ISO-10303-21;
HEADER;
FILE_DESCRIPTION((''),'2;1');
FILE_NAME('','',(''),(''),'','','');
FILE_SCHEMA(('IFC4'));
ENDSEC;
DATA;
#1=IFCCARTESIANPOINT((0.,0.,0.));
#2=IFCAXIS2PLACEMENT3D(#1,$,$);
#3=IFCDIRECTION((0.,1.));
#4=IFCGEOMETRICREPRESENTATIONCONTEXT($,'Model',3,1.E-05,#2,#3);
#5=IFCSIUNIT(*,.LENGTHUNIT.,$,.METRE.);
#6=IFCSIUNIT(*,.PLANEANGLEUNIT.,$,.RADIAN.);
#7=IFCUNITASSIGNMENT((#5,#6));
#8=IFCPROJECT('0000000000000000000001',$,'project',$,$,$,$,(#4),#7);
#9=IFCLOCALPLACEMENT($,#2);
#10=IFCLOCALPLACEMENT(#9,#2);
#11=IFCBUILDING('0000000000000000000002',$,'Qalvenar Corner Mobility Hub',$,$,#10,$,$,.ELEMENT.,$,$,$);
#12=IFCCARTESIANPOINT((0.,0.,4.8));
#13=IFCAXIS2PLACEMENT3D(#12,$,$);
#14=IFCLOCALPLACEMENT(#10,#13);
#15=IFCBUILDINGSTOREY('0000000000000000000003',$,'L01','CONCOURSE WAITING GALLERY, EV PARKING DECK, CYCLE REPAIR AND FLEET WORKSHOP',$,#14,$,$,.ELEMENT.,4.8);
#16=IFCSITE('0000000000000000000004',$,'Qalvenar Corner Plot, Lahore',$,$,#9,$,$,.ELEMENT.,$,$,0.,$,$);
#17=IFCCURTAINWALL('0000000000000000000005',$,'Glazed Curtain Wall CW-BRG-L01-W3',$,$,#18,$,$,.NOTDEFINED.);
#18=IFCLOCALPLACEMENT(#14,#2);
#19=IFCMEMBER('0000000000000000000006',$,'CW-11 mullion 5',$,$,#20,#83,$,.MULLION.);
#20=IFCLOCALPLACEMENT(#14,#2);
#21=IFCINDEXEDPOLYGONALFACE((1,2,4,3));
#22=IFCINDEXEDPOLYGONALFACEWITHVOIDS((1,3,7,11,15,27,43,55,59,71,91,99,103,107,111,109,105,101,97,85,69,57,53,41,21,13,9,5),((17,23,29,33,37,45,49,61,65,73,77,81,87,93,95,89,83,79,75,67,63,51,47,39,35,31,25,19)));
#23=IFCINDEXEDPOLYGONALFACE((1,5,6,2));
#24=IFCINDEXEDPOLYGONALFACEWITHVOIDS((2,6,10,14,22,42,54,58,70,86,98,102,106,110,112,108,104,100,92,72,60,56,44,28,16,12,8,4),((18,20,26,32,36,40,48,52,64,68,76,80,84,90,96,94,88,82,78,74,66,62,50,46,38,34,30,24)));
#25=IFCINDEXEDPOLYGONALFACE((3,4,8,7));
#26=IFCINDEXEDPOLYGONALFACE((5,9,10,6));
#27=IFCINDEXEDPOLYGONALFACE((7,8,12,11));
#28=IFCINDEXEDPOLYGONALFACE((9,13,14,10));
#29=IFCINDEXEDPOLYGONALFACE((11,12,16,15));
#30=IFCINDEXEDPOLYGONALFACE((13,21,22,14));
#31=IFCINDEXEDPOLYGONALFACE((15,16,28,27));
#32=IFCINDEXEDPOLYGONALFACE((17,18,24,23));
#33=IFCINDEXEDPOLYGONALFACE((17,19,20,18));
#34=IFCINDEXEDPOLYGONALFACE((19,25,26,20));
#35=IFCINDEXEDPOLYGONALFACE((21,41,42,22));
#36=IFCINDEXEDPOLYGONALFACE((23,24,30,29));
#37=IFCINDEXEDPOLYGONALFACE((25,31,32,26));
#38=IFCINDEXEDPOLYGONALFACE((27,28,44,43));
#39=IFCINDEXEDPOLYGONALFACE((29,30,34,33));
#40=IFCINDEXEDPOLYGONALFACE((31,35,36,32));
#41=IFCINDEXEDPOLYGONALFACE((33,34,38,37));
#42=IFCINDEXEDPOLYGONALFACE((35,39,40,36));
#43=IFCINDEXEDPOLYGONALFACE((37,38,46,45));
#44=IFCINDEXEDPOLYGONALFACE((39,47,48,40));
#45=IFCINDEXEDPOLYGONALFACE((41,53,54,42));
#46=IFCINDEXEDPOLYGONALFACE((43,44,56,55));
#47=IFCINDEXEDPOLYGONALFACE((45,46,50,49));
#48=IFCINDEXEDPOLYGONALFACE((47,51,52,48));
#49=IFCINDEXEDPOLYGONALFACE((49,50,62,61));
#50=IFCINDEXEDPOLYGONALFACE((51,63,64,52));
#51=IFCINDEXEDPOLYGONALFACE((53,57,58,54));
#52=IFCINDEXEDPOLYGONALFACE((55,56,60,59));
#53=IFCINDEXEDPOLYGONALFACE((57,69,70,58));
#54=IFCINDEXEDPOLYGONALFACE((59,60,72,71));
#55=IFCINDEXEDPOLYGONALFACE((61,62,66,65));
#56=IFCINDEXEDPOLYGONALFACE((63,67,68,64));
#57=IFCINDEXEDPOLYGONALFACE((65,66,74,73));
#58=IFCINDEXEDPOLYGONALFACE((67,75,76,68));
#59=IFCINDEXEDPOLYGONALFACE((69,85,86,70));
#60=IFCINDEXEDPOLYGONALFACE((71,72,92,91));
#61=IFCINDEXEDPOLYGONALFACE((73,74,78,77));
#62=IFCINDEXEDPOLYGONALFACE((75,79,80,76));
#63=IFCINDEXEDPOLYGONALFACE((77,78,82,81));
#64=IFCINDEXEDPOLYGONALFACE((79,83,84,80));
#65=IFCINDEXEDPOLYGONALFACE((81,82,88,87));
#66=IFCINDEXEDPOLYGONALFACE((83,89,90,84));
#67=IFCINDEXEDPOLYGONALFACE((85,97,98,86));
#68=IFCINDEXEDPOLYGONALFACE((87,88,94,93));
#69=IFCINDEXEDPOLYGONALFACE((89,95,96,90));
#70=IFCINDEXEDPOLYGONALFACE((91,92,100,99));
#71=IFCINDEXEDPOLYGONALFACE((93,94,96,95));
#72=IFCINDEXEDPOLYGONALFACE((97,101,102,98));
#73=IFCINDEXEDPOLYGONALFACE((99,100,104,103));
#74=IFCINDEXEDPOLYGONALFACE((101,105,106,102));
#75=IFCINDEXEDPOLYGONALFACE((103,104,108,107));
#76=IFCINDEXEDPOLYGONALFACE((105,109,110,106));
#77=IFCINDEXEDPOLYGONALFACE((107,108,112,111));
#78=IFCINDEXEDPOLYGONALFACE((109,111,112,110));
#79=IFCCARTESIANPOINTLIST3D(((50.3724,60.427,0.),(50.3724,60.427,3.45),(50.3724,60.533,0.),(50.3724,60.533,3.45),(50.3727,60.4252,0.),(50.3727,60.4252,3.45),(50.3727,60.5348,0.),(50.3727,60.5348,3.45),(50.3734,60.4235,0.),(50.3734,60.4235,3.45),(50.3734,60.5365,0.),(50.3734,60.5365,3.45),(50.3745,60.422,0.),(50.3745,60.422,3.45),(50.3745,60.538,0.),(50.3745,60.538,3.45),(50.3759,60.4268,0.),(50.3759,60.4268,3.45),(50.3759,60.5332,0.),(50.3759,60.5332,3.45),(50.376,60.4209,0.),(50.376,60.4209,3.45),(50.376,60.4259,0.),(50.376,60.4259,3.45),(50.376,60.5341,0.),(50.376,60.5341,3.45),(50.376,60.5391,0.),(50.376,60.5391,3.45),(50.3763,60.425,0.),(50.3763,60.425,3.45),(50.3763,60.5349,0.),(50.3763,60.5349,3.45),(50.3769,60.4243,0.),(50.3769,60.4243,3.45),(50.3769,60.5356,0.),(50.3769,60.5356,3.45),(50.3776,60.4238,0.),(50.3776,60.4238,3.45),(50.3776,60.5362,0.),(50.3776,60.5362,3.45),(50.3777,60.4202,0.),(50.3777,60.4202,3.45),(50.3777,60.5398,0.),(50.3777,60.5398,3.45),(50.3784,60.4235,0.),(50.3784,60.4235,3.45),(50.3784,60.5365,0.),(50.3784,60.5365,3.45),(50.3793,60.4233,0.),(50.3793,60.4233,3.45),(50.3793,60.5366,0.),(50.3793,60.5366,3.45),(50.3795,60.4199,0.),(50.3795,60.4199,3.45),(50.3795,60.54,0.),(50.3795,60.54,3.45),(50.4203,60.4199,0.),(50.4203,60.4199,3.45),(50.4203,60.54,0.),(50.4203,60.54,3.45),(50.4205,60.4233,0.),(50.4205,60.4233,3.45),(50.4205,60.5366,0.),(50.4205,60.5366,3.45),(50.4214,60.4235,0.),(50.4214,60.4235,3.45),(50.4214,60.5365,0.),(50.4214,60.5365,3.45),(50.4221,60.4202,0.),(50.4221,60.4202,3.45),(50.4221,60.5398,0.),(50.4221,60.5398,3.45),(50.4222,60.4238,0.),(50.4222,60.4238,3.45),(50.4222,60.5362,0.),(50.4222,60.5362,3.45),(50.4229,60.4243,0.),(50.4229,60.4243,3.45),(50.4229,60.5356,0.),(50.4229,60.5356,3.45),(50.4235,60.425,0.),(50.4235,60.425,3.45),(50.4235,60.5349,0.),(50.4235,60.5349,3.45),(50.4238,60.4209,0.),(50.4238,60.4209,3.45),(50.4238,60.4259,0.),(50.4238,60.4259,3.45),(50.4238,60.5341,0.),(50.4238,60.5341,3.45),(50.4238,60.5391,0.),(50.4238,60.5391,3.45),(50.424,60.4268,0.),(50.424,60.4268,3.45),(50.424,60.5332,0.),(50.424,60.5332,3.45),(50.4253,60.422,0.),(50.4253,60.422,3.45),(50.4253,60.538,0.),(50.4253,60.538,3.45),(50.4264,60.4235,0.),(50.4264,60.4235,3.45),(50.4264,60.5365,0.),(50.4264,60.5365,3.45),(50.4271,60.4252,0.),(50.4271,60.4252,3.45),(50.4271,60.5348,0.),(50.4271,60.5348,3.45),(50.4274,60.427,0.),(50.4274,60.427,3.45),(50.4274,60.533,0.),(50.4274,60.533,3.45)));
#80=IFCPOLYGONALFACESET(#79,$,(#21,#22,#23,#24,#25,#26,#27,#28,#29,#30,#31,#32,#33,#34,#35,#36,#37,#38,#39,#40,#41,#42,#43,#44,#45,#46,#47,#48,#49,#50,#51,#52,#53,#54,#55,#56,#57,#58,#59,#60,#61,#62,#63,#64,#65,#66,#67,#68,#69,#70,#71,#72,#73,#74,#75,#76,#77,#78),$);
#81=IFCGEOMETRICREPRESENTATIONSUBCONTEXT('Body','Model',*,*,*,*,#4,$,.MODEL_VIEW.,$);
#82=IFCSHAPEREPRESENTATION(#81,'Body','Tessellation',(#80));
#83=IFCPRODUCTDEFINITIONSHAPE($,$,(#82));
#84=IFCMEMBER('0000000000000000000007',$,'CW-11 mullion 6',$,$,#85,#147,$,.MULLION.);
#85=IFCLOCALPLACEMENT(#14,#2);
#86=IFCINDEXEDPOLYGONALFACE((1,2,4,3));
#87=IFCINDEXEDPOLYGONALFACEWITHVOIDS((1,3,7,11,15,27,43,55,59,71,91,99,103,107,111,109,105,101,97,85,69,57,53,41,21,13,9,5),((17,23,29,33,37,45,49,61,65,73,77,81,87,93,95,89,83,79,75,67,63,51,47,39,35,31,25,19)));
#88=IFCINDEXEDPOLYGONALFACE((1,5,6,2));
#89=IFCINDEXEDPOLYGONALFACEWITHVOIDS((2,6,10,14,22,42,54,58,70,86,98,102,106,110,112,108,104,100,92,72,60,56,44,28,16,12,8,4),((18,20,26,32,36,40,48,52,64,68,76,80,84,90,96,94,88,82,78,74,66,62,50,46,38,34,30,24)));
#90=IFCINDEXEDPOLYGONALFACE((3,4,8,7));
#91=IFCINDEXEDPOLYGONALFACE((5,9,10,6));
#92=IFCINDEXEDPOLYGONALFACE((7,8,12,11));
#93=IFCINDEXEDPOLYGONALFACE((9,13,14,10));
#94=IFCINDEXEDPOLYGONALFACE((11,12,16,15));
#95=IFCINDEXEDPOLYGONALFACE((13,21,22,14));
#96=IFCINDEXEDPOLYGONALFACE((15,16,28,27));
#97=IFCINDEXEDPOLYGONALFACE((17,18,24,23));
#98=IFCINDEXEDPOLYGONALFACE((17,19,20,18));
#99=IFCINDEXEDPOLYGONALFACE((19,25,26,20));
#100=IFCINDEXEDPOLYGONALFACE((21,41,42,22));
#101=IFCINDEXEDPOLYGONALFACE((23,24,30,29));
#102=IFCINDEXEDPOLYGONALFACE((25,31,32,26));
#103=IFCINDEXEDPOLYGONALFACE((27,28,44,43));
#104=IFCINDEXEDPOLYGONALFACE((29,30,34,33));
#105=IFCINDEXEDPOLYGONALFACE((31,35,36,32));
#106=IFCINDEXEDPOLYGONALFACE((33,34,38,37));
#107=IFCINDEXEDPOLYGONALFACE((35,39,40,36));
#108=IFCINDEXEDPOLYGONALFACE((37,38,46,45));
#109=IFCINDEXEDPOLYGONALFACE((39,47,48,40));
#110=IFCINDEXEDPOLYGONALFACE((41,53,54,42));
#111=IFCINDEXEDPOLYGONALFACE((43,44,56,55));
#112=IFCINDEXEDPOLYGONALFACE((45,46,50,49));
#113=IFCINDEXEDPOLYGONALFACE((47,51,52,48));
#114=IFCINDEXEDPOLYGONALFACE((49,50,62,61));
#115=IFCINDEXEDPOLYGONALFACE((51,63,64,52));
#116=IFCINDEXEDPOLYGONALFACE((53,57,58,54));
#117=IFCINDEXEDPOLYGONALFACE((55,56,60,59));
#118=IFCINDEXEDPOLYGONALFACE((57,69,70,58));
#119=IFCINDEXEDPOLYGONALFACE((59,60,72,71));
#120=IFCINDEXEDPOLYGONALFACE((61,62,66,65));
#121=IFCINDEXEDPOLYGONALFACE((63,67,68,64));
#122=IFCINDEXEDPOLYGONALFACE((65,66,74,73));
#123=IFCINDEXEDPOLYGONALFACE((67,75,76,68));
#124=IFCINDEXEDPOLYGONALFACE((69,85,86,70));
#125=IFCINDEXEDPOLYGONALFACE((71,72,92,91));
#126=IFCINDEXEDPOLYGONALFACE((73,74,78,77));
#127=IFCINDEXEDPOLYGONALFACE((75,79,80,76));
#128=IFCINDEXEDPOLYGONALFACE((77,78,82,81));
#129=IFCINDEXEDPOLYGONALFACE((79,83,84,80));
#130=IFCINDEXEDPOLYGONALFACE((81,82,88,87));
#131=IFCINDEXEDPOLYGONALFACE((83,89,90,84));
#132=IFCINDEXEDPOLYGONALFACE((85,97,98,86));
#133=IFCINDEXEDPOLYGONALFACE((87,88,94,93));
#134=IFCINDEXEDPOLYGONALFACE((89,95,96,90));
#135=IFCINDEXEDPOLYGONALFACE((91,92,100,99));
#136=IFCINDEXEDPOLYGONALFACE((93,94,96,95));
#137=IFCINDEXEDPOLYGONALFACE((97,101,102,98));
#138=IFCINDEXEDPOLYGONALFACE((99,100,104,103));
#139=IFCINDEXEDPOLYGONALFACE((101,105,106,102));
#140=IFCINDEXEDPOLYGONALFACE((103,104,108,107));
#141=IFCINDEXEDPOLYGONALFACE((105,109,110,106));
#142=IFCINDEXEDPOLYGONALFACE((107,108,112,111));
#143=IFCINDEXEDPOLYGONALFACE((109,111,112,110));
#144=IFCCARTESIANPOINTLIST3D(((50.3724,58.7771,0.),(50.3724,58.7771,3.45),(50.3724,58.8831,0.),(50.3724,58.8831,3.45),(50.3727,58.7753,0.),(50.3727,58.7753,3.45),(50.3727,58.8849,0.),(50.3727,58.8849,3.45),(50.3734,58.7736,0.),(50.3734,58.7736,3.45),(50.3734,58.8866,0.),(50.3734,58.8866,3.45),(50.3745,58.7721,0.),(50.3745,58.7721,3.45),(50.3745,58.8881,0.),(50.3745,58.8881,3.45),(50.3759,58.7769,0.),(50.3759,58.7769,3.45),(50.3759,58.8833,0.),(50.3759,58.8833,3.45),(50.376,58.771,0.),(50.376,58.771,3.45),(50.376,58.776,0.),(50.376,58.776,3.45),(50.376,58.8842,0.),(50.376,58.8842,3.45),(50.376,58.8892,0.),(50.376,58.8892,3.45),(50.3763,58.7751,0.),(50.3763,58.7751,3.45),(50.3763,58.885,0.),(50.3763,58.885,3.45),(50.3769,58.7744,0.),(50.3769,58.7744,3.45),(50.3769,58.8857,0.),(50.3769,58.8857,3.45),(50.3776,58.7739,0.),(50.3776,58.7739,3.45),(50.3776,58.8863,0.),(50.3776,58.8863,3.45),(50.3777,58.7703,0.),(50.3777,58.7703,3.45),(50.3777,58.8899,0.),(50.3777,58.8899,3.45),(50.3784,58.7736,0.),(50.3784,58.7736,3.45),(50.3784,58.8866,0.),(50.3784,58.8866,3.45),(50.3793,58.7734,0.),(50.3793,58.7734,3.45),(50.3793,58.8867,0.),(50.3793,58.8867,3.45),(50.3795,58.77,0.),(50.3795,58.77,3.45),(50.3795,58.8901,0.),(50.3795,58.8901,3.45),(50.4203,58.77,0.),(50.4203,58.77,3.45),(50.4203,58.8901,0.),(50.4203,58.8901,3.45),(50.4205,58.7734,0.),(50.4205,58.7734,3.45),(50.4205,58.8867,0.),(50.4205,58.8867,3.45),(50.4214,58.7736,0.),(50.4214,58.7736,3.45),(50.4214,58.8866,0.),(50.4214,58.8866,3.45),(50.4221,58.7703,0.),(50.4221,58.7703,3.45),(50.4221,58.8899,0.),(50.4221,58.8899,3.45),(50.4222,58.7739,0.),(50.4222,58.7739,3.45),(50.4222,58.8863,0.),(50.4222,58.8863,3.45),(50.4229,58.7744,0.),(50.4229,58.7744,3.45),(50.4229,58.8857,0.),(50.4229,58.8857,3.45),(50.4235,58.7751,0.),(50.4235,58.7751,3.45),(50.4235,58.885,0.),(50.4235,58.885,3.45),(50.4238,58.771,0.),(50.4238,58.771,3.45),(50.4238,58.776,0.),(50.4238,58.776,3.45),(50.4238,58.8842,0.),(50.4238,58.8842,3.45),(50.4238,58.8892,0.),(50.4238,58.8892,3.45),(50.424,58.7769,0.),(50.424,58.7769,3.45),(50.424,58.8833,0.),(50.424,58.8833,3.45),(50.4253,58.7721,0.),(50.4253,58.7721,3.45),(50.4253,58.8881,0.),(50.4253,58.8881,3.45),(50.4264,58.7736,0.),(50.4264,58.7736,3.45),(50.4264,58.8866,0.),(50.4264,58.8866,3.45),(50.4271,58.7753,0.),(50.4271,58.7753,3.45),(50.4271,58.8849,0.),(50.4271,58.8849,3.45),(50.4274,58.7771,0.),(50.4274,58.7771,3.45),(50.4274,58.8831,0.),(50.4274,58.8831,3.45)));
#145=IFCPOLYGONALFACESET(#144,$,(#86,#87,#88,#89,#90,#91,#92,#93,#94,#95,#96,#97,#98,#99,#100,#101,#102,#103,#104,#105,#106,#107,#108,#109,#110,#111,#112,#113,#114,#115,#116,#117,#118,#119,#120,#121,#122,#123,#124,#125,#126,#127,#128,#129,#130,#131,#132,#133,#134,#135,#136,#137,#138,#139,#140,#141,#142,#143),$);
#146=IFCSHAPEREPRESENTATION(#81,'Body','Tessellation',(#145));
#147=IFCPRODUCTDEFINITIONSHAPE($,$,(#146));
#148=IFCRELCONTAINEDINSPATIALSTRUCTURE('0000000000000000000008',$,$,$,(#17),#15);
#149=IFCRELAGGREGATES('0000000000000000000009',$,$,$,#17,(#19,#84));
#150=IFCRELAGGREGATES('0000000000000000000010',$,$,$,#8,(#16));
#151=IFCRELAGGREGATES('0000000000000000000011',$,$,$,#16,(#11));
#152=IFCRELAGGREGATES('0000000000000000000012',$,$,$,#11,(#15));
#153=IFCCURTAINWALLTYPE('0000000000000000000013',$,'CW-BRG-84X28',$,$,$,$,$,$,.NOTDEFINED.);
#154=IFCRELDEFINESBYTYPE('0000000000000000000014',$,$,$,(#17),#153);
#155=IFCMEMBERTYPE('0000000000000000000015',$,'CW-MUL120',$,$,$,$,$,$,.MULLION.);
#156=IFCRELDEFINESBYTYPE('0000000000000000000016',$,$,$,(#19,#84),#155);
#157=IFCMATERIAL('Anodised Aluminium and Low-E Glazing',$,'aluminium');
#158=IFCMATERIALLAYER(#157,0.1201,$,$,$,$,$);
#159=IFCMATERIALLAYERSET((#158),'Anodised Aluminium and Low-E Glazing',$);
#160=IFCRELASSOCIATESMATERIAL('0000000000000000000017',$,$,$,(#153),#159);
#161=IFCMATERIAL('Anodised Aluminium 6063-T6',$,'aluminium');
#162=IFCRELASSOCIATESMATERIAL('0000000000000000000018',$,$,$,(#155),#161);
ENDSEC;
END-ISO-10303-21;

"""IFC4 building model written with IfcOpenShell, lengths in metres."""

from ifc_helpers import new_model, si_unit, direction, frame, origin, origin_2d, place, context, subcontext, project, spatial, hollow_rectangle, extrude, material, layer, layer_set, material_profile, profile_set, type_object, element, aggregate, save


model = new_model("IFC4")

# Units and contexts
model_context = context("Model", 3, precision=1e-05, world=origin(), true_north=direction((0.0, 1.0)))
body_context = subcontext(model_context, "Body", "Model", "MODEL_VIEW")
ifc_project = project(units=[si_unit("LENGTHUNIT", "METRE"), si_unit("PLANEANGLEUNIT", "RADIAN")], contexts=[model_context])

# Site, building, storey
site_placement = place(None, origin())
site = spatial("IfcSite", under=ifc_project, at=site_placement, Name="Qalvenar Corner Plot, Lahore", CompositionType="ELEMENT", RefElevation=0.0)
building_placement = place(site_placement, origin())
building = spatial("IfcBuilding", under=site, at=building_placement, Name="Qalvenar Corner Mobility Hub", CompositionType="ELEMENT")
storey_placement = place(building_placement, frame((0.0, 0.0, 4.8)))
storey = spatial("IfcBuildingStorey", under=building, at=storey_placement, Name="L01", Description="CONCOURSE WAITING GALLERY, EV PARKING DECK, CYCLE REPAIR AND FLEET WORKSHOP", CompositionType="ELEMENT", Elevation=4.8)

# Shared definitions
ifc_material_1 = material(Name="Anodised Aluminium and Low-E Glazing", Category="aluminium")
ifc_layer_1 = layer(ifc_material_1, 0.1201)
ifc_layer_set_1 = layer_set([ifc_layer_1], Name="Anodised Aluminium and Low-E Glazing")
curtain_wall_type = type_object("IfcCurtainWallType", Name="CW-BRG-84X28", PredefinedType="NOTDEFINED", material=ifc_layer_set_1)
ifc_material_2 = material(Name="Anodised Aluminium 6063-T6", Category="aluminium")
ifc_material_profile_1 = material_profile(ifc_material_2, hollow_rectangle(XDim=0.0549, YDim=0.1201, WallThickness=0.0034, InnerFilletRadius=0.0034, OuterFilletRadius=0.0071, at=origin_2d()), Name="RHS120x55x3.5")
ifc_profile_set_1 = profile_set([ifc_material_profile_1], Name="Anodised Aluminium 6063-T6")
member_type_1 = type_object("IfcMemberType", Name="CW-MUL120", PredefinedType="MULLION", material=ifc_profile_set_1)

# Curtain wall, members
curtain_wall_1_placement = place(storey_placement, origin())
curtain_wall_1 = element("IfcCurtainWall", 1, at=curtain_wall_1_placement, inside=storey, type_object=curtain_wall_type, Name="Glazed Curtain Wall CW-BRG-L01-W3", PredefinedType="NOTDEFINED")
member_1_placement = place(storey_placement, frame((50.3999, 60.48, 0.0), z_axis=(0.0, 0.0, 1.0), x_axis=(1.0, 0.0, 0.0)))
member_1 = element("IfcMember", 2, at=member_1_placement, type_object=member_type_1, Name="CW-11 mullion 5", PredefinedType="MULLION", context=body_context, shape_type="SweptSolid", body=[
    extrude(hollow_rectangle(XDim=0.0549, YDim=0.1201, WallThickness=0.0034, InnerFilletRadius=0.0034, OuterFilletRadius=0.0071, at=origin_2d()), origin(), (0.0, 0.0, 1.0), 3.45),
])
member_2_placement = place(storey_placement, frame((50.3999, 58.8301, 0.0), z_axis=(0.0, 0.0, 1.0), x_axis=(1.0, 0.0, 0.0)))
member_2 = element("IfcMember", 3, at=member_2_placement, type_object=member_type_1, Name="CW-11 mullion 6", PredefinedType="MULLION", context=body_context, shape_type="SweptSolid", body=[
    extrude(hollow_rectangle(XDim=0.0549, YDim=0.1201, WallThickness=0.0034, InnerFilletRadius=0.0034, OuterFilletRadius=0.0071, at=origin_2d()), origin(), (0.0, 0.0, 1.0), 3.45),
])

aggregate(curtain_wall_1, [member_1, member_2])

save(model, "model.ifc")
